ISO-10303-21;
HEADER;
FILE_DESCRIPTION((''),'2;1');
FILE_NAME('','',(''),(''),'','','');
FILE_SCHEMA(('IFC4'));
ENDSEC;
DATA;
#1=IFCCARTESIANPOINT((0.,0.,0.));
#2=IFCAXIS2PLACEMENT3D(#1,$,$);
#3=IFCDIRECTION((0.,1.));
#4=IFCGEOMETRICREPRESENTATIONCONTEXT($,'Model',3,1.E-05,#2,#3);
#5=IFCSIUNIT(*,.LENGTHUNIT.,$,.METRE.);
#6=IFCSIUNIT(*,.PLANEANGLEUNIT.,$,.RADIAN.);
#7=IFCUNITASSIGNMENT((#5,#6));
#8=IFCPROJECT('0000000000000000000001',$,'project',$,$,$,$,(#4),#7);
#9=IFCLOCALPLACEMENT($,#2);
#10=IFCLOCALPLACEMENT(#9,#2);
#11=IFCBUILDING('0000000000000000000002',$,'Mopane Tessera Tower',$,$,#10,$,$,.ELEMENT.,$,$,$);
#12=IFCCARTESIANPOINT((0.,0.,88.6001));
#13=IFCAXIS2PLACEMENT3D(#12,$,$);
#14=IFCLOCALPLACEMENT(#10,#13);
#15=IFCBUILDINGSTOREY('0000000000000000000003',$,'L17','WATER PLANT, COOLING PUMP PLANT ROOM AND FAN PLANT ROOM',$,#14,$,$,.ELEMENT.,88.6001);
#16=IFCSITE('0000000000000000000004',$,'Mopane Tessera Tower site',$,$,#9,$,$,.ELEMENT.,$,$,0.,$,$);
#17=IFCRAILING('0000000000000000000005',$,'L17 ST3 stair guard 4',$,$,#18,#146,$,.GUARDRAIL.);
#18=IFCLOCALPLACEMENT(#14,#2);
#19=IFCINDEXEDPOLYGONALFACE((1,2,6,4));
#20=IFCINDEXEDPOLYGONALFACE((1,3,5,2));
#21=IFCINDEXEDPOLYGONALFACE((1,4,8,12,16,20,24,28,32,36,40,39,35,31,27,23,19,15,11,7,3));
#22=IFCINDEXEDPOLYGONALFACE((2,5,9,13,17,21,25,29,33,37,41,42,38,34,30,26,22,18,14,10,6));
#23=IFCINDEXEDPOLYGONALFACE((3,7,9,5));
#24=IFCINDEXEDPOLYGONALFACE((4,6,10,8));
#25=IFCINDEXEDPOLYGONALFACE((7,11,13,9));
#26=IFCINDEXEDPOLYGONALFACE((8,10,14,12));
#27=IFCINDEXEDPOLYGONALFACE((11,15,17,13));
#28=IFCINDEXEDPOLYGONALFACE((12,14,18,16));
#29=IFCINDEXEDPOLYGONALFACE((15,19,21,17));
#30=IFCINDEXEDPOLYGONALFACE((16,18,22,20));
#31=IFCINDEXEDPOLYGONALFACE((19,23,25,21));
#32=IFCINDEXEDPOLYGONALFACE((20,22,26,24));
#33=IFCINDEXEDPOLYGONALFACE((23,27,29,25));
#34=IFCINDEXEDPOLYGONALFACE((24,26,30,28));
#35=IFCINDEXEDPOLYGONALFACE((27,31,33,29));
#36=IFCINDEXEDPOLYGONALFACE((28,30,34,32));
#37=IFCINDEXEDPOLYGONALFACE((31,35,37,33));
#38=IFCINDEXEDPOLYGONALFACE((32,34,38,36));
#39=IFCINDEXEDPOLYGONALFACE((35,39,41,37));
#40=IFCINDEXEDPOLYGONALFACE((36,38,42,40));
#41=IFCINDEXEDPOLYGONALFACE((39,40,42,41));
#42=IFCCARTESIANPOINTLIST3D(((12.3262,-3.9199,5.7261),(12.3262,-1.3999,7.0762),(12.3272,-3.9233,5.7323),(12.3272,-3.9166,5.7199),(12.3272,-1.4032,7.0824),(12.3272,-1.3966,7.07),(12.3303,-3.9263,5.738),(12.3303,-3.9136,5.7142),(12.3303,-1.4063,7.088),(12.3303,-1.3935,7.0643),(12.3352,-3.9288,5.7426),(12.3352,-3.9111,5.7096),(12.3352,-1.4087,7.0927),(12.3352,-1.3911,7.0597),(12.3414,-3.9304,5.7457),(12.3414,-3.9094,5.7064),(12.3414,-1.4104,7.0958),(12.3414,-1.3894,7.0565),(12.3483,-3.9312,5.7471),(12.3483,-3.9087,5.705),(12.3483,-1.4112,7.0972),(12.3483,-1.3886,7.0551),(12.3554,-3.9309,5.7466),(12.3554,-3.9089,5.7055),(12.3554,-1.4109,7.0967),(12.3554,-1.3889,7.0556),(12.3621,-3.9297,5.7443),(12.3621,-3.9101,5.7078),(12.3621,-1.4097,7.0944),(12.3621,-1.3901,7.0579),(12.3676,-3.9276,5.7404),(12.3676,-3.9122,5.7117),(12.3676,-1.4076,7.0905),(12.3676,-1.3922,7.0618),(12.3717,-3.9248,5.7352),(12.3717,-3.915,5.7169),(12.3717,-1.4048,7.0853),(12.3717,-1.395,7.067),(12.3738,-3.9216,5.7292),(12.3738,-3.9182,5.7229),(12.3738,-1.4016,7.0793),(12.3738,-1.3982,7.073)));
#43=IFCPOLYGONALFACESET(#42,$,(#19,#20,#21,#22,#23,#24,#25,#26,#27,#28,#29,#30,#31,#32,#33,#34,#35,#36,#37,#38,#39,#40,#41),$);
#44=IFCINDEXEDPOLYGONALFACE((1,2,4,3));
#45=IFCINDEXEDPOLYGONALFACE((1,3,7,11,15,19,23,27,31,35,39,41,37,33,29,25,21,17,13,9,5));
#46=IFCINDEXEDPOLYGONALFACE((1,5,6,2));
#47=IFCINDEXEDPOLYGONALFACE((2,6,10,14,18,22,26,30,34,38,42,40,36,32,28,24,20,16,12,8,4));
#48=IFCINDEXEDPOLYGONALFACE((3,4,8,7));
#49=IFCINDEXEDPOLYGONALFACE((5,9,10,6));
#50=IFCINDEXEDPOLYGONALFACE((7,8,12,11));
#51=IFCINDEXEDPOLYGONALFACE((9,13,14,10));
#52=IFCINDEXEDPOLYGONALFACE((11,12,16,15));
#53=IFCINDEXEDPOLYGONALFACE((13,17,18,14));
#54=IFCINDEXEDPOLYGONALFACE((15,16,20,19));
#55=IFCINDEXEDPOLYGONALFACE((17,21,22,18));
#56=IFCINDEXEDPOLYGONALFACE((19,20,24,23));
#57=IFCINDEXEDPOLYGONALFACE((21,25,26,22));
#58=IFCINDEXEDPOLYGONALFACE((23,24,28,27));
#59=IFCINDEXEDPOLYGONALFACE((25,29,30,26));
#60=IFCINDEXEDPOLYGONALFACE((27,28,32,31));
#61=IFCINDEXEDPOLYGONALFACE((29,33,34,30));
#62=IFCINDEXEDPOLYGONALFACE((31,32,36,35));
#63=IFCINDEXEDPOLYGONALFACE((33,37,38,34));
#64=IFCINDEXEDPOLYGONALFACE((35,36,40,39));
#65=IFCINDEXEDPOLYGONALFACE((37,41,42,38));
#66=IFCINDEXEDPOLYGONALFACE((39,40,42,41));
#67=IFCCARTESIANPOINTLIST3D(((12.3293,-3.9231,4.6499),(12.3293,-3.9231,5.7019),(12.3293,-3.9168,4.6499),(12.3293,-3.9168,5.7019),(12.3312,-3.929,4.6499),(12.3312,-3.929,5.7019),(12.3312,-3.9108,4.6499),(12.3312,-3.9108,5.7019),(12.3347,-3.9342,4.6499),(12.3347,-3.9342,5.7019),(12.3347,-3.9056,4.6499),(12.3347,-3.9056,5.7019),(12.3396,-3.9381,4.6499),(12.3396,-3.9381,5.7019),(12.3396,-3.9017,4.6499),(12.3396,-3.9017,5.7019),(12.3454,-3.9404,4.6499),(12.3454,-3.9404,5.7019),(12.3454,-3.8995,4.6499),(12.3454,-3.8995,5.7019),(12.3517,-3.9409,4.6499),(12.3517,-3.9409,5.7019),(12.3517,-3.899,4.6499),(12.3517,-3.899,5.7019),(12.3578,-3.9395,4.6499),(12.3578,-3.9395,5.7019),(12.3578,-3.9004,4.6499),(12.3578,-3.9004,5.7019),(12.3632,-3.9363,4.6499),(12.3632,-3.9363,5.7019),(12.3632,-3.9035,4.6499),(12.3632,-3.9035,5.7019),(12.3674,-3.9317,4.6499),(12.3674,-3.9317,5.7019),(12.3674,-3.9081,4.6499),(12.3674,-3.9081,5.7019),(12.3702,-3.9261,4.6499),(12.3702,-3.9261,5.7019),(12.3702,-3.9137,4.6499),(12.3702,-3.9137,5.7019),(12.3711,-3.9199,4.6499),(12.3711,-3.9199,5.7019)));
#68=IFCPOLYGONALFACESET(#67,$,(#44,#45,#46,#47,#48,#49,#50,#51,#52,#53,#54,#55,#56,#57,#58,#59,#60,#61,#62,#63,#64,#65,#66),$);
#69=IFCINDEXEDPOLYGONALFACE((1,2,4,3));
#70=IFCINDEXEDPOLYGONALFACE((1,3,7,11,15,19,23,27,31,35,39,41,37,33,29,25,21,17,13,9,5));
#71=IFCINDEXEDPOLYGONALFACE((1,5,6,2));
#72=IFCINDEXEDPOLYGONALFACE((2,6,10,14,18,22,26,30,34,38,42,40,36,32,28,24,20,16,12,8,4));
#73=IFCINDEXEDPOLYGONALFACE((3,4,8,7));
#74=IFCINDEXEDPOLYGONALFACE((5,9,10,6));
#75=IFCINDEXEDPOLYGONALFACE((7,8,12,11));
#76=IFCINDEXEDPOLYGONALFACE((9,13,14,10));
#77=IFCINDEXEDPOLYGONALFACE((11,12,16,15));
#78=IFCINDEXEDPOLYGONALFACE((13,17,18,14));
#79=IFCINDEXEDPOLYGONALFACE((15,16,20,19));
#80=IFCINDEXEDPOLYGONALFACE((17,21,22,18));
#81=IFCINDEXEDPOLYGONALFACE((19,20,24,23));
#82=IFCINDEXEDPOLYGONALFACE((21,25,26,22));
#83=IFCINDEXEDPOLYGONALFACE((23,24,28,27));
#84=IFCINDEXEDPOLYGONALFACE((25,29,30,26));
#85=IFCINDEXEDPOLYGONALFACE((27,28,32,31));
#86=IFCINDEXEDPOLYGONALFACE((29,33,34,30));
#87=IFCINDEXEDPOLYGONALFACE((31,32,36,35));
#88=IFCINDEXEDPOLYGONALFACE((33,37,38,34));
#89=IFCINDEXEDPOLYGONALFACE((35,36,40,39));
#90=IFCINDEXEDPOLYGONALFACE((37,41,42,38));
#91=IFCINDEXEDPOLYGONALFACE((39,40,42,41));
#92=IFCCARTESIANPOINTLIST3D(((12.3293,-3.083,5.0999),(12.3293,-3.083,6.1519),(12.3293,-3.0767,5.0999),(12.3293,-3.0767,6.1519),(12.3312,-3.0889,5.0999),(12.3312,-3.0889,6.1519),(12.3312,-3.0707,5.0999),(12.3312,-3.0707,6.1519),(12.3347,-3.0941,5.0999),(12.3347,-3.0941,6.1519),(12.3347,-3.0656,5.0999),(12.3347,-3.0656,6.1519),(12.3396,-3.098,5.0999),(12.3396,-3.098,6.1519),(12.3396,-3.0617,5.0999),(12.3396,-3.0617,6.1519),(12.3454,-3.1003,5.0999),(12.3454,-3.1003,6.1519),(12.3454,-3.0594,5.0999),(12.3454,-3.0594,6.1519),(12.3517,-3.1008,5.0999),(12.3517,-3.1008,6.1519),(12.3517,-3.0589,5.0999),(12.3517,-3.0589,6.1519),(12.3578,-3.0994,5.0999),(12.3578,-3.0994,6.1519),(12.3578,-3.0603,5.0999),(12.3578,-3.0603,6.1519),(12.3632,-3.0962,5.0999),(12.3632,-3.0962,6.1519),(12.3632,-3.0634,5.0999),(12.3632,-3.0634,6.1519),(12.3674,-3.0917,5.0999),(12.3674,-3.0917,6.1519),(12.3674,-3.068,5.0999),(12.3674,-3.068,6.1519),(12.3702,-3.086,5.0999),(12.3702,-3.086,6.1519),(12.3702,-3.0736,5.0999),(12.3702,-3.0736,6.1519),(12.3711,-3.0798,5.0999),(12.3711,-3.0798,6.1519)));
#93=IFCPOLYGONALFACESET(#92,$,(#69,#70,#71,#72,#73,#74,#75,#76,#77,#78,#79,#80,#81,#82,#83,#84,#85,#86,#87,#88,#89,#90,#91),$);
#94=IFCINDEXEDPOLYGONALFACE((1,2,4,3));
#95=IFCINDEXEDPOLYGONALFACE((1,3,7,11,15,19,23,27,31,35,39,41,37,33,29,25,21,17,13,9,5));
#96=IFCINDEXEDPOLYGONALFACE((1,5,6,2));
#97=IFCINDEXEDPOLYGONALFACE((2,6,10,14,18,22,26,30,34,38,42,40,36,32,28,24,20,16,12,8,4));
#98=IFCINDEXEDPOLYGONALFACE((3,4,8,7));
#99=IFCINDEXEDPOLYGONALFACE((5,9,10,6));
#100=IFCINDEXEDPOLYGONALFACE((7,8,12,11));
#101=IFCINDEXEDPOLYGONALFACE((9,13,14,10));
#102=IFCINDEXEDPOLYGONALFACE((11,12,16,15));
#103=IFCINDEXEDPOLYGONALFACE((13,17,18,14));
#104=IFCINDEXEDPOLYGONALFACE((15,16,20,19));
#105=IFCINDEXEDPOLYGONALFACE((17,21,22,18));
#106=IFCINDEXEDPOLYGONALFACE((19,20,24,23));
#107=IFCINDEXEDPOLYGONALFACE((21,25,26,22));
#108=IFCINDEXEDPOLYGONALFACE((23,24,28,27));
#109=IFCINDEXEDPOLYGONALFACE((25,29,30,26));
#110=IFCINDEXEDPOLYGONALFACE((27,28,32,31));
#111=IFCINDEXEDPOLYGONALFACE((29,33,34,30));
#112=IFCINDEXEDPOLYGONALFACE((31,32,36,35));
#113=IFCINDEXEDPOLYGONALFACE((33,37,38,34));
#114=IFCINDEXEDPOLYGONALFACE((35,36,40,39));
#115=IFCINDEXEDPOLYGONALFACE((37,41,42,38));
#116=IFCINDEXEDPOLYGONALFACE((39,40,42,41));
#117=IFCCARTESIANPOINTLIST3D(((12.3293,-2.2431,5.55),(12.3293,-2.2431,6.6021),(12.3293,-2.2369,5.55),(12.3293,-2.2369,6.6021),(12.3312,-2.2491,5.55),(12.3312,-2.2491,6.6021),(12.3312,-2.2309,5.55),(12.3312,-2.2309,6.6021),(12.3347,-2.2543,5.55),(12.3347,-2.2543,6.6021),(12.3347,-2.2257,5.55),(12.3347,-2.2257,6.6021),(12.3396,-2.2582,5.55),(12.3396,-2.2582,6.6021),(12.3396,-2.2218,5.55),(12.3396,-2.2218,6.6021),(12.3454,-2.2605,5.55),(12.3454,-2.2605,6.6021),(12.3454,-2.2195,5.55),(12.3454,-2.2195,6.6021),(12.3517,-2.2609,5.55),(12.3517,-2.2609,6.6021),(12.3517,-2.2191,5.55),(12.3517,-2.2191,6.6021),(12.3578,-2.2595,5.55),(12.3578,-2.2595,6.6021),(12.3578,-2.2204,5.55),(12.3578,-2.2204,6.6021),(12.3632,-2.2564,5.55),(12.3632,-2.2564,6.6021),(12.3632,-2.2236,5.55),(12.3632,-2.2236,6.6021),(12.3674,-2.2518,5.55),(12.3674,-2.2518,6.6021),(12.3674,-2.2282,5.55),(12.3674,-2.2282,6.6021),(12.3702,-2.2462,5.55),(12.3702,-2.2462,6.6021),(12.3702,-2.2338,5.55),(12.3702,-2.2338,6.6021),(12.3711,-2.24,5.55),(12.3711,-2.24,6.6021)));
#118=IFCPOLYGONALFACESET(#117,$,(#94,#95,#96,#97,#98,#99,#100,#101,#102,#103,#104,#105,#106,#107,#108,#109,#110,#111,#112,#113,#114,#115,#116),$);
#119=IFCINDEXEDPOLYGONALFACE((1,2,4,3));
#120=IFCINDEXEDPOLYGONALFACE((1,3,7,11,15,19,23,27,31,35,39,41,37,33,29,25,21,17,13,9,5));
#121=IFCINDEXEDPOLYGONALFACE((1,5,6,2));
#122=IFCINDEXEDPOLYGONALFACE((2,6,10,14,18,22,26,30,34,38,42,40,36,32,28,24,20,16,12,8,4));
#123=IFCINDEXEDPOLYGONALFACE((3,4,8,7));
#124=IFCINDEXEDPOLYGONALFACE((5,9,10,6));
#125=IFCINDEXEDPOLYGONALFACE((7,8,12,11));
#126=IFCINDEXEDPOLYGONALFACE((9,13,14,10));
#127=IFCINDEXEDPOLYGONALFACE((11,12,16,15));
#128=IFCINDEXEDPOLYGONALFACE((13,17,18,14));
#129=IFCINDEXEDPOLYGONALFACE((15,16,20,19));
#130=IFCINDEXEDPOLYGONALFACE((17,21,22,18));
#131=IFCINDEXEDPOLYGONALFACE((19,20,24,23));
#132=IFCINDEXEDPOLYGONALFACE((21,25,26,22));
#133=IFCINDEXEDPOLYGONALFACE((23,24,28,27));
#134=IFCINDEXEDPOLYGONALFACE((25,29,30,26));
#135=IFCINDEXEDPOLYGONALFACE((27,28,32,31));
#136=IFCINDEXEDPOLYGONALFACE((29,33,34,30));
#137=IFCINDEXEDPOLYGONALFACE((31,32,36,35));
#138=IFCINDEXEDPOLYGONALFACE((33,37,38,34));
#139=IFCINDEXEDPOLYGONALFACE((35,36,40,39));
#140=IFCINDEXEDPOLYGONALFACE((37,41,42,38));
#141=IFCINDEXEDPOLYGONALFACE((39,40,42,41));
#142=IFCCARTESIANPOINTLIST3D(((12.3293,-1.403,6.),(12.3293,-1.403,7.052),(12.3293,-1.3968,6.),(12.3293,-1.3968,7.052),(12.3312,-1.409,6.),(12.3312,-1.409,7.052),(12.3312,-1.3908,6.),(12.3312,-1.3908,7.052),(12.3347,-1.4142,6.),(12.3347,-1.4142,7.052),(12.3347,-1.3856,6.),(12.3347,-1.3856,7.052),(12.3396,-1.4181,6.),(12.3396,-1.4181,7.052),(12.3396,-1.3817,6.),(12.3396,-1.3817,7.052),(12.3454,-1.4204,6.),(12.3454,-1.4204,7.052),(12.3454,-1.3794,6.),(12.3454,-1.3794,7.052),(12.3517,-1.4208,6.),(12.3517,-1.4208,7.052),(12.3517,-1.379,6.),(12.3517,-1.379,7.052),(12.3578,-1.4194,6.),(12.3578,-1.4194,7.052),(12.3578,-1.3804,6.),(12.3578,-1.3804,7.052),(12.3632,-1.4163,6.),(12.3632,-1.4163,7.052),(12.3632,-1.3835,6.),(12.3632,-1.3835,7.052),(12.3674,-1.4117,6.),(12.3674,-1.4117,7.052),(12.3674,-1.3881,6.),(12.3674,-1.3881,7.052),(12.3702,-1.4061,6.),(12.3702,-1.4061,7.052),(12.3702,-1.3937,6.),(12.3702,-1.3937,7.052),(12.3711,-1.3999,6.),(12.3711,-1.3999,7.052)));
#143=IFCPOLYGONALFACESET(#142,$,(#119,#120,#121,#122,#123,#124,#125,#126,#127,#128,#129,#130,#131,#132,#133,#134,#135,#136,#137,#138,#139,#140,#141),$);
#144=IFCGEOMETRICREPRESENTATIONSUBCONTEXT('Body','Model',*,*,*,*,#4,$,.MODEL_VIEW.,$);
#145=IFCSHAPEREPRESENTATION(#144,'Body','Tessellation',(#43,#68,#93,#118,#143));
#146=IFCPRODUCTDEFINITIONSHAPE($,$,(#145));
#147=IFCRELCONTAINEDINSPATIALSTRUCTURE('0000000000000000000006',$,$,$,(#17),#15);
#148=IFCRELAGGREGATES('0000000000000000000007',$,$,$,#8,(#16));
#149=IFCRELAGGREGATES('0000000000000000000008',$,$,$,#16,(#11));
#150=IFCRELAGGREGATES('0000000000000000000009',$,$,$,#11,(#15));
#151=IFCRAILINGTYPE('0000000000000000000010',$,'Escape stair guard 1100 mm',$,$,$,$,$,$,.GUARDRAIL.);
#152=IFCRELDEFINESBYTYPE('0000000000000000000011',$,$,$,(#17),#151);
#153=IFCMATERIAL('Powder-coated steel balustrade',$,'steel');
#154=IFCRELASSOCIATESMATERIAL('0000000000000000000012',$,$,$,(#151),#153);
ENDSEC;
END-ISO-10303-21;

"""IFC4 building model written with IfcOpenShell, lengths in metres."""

from ifc_helpers import new_model, si_unit, direction, frame, origin, origin_2d, place, context, subcontext, project, spatial, circle, extrude, material, type_object, element, save


model = new_model("IFC4")

# Units and contexts
model_context = context("Model", 3, precision=1e-05, world=origin(), true_north=direction((0.0, 1.0)))
body_context = subcontext(model_context, "Body", "Model", "MODEL_VIEW")
ifc_project = project(units=[si_unit("LENGTHUNIT", "METRE"), si_unit("PLANEANGLEUNIT", "RADIAN")], contexts=[model_context])

# Site, building, storey
site_placement = place(None, origin())
site = spatial("IfcSite", under=ifc_project, at=site_placement, Name="Mopane Tessera Tower site", CompositionType="ELEMENT", RefElevation=0.0)
building_placement = place(site_placement, origin())
building = spatial("IfcBuilding", under=site, at=building_placement, Name="Mopane Tessera Tower", CompositionType="ELEMENT")
storey_placement = place(building_placement, frame((0.0, 0.0, 88.6001)))
storey = spatial("IfcBuildingStorey", under=building, at=storey_placement, Name="L17", Description="WATER PLANT, COOLING PUMP PLANT ROOM AND FAN PLANT ROOM", CompositionType="ELEMENT", Elevation=88.6001)

# Railing
ifc_material_1 = material(Name="Powder-coated steel balustrade", Category="steel")
railing_type_1 = type_object("IfcRailingType", Name="Escape stair guard 1100 mm", PredefinedType="GUARDRAIL", material=ifc_material_1)
railing_1_placement = place(storey_placement, frame((12.3501, -3.9199, 4.6499)))
element("IfcRailing", 1, at=railing_1_placement, inside=storey, type_object=railing_type_1, Name="L17 ST3 stair guard 4", PredefinedType="GUARDRAIL", context=body_context, shape_type="SweptSolid", body=[
    extrude(circle(Radius=0.0239, at=origin_2d()), frame((0.0, 0.0, 1.0762), z_axis=(0.0, 0.881467, 0.472245), x_axis=(-1.0, 0.0, 0.0)), (0.0, 0.0, 1.0), 2.8589),
    extrude(circle(Radius=0.021, at=origin_2d()), origin(), (0.0, 0.0, 1.0), 1.052),
    extrude(circle(Radius=0.021, at=origin_2d()), frame((0.0, 0.8401, 0.45)), (0.0, 0.0, 1.0), 1.052),
    extrude(circle(Radius=0.021, at=origin_2d()), frame((0.0, 1.6799, 0.9001)), (0.0, 0.0, 1.0), 1.052),
    extrude(circle(Radius=0.021, at=origin_2d()), frame((0.0, 2.52, 1.3501)), (0.0, 0.0, 1.0), 1.052),
])

save(model, "model.ifc")
